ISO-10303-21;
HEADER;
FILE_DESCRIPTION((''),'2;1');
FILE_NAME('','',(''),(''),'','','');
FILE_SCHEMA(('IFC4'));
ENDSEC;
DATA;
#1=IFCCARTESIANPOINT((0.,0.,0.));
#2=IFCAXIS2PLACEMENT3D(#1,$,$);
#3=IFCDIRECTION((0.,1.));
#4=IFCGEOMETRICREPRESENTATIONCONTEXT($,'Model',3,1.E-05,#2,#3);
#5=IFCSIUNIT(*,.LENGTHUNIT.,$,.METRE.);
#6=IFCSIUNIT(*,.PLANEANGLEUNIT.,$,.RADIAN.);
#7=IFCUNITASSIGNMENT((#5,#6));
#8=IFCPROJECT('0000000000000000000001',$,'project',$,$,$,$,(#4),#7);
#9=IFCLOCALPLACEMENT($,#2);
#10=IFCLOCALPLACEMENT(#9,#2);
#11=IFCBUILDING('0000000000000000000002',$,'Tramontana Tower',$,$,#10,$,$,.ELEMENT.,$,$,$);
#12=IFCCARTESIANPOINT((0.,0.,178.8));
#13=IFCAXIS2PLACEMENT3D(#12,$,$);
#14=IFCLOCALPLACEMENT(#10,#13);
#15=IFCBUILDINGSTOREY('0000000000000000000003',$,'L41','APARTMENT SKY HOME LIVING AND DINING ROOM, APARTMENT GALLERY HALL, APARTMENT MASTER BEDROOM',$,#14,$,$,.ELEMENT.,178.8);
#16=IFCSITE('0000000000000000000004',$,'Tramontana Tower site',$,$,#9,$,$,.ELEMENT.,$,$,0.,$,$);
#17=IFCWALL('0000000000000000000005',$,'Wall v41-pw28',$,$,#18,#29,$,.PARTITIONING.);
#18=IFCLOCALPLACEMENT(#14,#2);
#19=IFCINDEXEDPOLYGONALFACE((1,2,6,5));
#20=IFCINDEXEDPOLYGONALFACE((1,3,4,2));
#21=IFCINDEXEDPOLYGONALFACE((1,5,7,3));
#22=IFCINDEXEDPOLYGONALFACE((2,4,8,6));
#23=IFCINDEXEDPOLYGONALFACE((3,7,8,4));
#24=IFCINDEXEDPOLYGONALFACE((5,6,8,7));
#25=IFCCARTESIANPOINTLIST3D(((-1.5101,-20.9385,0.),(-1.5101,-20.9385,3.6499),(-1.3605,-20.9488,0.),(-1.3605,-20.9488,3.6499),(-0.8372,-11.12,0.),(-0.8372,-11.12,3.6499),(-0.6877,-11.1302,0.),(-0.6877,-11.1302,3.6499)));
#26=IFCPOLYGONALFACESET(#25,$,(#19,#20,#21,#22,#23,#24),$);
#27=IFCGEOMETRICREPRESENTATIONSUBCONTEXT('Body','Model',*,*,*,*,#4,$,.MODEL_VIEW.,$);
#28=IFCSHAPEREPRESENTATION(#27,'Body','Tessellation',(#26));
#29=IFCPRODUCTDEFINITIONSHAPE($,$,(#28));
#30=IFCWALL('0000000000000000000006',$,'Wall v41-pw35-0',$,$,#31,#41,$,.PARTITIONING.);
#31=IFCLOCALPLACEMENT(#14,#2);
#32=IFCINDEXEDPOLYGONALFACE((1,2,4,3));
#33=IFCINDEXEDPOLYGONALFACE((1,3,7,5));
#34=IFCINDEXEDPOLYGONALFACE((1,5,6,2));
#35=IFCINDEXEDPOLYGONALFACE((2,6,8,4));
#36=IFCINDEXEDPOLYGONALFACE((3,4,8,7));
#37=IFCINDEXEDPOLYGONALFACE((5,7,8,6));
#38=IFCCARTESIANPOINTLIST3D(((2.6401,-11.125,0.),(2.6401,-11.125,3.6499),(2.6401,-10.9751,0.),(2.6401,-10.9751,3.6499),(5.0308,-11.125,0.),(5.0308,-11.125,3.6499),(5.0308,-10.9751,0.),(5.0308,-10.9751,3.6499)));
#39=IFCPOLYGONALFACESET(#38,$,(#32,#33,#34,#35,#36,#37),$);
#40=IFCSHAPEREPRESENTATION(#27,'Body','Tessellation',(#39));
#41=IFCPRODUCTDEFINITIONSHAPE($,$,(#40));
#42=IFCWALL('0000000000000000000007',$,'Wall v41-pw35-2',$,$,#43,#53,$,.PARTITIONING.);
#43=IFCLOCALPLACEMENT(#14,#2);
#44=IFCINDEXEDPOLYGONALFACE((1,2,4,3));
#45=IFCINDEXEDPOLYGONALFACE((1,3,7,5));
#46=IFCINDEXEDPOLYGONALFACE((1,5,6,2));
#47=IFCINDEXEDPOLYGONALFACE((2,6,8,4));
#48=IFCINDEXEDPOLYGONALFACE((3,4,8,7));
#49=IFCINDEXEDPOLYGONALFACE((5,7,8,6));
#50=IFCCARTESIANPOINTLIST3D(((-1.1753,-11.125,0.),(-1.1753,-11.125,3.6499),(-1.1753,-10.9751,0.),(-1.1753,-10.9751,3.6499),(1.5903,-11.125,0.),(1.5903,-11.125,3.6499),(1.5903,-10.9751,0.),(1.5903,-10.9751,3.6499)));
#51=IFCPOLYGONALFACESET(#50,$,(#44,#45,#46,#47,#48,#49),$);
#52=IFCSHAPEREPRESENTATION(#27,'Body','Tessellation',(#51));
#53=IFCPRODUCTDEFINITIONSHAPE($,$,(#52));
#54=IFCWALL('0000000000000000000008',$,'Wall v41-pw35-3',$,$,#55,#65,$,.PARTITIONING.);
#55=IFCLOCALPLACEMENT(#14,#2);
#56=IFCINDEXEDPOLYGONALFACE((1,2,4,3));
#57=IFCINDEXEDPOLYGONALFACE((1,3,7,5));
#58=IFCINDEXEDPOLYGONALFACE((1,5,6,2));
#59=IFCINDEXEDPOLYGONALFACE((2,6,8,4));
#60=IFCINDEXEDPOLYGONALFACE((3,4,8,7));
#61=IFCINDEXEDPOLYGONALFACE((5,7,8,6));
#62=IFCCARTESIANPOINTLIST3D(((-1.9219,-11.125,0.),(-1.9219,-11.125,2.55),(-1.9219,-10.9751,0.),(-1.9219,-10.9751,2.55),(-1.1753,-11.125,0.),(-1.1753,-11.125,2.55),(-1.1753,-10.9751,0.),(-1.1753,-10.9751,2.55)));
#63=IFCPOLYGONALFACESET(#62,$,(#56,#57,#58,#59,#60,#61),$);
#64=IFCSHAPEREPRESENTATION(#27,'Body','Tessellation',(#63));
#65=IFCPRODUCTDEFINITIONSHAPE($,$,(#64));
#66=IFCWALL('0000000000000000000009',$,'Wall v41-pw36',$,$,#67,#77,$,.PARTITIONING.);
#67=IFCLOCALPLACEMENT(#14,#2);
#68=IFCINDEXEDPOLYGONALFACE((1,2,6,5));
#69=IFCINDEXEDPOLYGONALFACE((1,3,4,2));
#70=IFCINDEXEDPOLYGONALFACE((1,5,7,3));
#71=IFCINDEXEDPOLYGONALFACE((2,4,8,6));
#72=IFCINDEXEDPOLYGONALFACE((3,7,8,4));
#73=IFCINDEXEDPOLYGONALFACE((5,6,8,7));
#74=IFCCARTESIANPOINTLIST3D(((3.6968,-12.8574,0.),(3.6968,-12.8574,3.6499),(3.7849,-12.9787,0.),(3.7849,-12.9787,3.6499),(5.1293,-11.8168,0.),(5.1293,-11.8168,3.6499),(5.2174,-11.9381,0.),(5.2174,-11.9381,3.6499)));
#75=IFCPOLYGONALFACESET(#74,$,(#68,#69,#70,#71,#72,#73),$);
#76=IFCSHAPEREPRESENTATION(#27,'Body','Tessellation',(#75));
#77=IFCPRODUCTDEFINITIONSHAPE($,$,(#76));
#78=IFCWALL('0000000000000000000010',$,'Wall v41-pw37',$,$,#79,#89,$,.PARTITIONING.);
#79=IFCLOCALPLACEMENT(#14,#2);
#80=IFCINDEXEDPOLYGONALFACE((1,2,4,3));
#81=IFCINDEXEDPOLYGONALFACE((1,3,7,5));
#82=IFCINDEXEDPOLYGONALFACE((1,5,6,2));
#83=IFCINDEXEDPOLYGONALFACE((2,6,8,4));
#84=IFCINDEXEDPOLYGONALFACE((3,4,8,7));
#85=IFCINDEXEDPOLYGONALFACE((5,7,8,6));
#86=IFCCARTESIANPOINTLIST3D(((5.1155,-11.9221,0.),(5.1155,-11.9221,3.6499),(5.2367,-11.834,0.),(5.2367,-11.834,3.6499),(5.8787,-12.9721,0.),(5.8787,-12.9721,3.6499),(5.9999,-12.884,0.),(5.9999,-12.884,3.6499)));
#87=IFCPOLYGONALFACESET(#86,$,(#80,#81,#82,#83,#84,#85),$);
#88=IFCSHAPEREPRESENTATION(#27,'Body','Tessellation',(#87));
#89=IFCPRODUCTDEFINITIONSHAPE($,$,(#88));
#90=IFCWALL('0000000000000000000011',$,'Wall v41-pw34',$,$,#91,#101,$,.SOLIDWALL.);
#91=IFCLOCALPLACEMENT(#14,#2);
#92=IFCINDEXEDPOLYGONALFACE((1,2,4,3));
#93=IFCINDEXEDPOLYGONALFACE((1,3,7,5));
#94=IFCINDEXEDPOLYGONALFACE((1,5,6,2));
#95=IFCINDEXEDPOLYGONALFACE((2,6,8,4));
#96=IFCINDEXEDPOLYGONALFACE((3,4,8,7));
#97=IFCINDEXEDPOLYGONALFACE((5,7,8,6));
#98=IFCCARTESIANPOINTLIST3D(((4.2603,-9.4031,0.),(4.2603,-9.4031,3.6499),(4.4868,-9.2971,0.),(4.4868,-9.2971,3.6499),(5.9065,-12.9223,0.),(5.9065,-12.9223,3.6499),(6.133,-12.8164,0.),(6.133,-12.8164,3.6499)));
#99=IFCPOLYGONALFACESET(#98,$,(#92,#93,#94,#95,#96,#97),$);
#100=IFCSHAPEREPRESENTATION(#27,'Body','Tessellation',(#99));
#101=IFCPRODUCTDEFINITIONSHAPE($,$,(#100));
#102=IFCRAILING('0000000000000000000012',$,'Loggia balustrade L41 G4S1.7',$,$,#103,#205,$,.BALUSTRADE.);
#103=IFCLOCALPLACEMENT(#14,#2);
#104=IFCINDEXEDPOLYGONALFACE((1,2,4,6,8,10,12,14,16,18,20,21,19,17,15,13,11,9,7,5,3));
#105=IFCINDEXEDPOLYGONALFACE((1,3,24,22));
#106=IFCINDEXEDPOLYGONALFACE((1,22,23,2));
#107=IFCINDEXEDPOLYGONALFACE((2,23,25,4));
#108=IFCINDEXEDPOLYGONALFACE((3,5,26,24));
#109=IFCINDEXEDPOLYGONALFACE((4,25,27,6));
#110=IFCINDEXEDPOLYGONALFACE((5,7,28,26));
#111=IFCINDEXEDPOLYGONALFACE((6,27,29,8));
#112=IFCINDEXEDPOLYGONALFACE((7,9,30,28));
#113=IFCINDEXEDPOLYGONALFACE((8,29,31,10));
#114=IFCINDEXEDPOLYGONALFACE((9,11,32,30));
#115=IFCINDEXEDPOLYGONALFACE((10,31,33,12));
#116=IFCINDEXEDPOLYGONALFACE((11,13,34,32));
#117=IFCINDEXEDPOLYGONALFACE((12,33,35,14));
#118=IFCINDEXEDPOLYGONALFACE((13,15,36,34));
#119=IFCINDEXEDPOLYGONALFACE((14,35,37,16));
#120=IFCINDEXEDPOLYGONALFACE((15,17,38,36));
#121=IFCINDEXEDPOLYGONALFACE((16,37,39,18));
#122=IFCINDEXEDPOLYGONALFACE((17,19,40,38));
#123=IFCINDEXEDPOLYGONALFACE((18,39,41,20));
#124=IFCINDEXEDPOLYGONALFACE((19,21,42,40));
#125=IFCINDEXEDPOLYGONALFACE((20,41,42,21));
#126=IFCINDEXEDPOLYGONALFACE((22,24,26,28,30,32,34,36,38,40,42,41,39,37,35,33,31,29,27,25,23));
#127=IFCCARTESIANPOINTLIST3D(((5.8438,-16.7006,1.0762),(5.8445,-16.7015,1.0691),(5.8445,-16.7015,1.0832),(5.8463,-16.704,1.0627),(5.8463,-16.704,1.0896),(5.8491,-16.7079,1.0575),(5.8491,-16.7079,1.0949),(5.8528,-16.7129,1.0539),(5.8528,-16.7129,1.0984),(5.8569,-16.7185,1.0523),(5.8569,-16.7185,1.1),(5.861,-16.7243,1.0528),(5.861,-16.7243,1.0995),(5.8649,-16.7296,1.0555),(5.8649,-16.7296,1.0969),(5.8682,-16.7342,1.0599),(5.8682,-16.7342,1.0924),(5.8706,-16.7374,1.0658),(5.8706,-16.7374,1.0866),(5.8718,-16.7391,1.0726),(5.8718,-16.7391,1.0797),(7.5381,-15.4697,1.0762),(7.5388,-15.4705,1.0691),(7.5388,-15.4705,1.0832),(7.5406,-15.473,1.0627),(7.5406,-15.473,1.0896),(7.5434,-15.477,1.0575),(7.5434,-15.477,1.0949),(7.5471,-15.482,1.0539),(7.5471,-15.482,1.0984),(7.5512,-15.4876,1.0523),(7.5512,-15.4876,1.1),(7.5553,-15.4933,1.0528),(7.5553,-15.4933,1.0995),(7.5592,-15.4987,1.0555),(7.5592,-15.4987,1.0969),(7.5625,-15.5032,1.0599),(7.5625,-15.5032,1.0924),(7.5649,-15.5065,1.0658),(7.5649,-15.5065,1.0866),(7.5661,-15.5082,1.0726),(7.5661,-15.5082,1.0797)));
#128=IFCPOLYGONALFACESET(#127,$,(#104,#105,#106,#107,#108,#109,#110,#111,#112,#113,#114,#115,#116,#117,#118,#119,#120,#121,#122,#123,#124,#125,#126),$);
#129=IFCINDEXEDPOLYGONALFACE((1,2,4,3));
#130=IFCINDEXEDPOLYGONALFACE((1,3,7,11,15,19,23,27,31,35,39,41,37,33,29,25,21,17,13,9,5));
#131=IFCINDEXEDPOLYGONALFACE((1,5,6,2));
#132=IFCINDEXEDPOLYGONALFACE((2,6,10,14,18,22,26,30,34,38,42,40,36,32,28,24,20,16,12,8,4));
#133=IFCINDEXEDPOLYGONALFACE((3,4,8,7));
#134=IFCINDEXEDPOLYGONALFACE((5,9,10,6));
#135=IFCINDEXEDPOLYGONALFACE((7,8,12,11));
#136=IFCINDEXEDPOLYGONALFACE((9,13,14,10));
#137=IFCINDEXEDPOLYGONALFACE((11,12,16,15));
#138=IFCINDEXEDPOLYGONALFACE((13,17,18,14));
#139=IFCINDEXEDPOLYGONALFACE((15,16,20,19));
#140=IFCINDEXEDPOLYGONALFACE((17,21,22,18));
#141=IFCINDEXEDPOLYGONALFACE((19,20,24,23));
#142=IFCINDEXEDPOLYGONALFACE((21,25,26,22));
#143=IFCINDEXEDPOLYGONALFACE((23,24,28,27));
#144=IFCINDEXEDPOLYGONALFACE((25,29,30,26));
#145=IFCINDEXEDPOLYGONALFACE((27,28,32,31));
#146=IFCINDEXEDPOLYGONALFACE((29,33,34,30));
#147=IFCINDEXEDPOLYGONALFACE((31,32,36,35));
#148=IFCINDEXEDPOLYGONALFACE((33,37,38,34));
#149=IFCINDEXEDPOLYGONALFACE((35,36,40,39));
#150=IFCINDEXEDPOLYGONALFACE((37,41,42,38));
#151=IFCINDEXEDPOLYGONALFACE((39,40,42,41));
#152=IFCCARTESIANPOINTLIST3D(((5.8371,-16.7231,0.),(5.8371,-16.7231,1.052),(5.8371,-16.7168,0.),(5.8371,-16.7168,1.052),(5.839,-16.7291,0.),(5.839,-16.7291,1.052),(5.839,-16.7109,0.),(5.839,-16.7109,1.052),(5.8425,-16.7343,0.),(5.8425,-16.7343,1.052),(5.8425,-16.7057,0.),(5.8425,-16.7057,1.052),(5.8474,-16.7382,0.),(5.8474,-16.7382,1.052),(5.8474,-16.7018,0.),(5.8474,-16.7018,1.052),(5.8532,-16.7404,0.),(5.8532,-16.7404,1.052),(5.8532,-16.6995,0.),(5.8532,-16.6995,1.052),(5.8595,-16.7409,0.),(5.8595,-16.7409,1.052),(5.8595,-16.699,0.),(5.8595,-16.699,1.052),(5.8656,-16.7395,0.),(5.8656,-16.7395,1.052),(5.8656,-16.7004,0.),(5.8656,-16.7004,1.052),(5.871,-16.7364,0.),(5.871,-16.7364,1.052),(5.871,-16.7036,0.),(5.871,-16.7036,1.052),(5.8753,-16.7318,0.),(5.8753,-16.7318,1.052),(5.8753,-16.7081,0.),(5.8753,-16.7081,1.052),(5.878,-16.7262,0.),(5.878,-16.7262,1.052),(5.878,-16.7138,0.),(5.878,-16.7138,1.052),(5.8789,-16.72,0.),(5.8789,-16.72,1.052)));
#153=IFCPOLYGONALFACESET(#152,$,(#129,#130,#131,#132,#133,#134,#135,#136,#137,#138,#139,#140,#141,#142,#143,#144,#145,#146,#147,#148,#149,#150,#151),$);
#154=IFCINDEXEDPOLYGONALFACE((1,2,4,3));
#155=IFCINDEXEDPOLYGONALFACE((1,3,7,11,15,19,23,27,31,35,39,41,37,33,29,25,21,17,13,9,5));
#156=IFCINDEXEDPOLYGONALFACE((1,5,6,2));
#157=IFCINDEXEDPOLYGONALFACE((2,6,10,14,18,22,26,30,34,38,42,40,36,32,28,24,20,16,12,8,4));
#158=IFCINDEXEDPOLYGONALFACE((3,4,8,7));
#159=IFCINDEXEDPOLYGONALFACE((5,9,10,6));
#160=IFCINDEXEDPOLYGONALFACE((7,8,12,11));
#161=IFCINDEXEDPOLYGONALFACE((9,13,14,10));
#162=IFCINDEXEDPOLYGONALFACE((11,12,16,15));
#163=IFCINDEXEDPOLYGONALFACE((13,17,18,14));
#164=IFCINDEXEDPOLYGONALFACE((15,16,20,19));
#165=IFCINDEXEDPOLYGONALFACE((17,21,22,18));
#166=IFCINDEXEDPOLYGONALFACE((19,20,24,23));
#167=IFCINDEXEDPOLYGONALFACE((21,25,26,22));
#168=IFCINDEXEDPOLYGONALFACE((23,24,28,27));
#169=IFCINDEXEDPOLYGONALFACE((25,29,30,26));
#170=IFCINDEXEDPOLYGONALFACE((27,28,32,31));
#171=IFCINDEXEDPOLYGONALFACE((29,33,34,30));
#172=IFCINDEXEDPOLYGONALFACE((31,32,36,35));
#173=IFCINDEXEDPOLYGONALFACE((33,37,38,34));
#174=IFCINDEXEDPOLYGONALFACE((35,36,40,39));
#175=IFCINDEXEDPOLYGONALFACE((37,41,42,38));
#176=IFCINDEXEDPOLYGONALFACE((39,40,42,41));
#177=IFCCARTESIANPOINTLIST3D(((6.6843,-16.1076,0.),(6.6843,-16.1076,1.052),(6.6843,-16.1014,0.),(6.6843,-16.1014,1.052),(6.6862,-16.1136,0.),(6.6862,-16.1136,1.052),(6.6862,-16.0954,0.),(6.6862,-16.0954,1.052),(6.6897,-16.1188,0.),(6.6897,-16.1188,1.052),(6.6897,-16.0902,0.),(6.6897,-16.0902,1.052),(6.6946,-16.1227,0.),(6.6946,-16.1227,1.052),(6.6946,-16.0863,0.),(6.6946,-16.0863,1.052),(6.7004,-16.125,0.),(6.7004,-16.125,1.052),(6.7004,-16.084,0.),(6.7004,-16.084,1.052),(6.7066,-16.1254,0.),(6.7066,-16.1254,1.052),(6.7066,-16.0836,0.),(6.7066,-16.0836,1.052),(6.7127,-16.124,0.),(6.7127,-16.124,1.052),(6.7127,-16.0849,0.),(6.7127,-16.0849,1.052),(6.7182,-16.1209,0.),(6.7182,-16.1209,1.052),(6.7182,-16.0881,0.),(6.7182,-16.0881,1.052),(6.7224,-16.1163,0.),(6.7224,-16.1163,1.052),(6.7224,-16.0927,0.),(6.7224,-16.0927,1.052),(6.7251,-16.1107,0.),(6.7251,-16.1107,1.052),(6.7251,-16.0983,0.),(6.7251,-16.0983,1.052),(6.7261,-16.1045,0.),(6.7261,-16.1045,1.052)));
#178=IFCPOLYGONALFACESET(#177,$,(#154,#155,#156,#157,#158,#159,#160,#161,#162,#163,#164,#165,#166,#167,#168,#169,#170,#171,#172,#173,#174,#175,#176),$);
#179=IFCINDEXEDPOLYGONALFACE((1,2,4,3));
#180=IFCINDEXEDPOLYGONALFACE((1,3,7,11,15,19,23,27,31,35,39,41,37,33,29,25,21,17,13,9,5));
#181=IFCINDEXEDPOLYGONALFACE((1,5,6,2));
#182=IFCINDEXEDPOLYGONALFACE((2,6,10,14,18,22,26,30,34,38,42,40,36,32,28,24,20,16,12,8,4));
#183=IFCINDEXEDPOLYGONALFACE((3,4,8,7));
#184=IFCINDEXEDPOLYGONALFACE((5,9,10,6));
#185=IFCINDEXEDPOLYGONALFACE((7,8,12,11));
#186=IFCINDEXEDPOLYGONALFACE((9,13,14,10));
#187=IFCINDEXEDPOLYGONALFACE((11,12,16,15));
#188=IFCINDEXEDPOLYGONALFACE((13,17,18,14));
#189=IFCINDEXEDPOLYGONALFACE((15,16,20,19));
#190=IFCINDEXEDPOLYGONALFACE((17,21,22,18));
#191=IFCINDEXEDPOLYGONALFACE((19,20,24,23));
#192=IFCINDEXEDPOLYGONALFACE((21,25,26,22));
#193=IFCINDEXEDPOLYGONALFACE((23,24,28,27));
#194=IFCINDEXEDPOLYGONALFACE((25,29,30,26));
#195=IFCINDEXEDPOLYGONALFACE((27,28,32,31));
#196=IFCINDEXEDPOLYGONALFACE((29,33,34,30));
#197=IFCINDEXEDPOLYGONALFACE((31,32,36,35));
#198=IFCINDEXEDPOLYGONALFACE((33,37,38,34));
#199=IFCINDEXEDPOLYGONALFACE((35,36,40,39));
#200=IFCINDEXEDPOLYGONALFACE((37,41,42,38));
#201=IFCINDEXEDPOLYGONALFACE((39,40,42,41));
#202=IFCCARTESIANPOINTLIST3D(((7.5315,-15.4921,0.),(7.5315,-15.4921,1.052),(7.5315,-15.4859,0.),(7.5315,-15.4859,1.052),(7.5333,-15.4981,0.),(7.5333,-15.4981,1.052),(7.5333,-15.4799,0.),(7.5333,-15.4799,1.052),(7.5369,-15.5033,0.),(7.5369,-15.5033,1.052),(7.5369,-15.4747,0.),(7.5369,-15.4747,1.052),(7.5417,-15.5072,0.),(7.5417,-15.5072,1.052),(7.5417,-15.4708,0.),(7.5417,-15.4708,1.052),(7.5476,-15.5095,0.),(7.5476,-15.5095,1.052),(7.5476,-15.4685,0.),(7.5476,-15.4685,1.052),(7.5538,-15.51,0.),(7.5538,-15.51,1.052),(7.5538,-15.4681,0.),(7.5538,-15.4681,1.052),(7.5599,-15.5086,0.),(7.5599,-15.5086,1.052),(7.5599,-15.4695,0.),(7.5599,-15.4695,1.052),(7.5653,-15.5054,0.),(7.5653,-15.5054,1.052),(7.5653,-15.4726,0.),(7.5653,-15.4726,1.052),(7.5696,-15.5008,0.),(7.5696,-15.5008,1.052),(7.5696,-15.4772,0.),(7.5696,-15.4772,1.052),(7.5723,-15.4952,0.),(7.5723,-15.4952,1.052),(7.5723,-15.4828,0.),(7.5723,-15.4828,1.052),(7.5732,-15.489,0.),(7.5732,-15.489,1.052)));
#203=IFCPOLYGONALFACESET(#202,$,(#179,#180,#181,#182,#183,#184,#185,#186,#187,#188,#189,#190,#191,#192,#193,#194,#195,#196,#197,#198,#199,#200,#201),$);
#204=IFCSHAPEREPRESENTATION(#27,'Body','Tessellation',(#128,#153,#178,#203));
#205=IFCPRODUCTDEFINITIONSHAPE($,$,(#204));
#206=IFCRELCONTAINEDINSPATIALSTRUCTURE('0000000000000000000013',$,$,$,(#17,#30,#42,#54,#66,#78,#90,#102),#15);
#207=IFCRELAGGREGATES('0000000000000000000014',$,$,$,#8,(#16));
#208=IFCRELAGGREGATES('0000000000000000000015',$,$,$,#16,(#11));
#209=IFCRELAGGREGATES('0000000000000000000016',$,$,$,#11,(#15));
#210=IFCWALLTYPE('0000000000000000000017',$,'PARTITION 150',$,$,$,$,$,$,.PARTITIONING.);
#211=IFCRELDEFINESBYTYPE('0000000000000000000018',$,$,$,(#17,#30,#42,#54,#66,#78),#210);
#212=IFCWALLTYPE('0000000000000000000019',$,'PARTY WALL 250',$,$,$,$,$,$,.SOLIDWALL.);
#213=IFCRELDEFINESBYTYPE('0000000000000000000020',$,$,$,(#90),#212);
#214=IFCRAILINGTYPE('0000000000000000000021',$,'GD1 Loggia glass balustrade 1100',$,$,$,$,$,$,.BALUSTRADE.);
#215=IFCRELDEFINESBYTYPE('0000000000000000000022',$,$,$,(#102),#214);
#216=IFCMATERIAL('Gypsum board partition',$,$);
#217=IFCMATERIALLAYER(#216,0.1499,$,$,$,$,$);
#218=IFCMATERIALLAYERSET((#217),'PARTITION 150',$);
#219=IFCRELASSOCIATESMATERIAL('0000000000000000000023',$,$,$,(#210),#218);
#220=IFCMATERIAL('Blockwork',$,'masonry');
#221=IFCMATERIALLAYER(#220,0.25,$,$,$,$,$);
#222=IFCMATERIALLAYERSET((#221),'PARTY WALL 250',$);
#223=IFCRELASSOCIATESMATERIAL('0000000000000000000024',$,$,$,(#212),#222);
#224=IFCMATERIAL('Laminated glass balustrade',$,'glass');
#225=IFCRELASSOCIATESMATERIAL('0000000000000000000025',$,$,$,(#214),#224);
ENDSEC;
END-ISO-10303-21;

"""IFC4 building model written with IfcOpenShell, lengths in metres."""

from ifc_helpers import new_model, si_unit, direction, frame, frame_2d, origin, origin_2d, place, context, subcontext, project, spatial, rectangle, circle, extrude, material, layer, layer_set, type_object, element, save


model = new_model("IFC4")

# Units and contexts
model_context = context("Model", 3, precision=1e-05, world=origin(), true_north=direction((0.0, 1.0)))
body_context = subcontext(model_context, "Body", "Model", "MODEL_VIEW")
ifc_project = project(units=[si_unit("LENGTHUNIT", "METRE"), si_unit("PLANEANGLEUNIT", "RADIAN")], contexts=[model_context])

# Site, building, storey
site_placement = place(None, origin())
site = spatial("IfcSite", under=ifc_project, at=site_placement, Name="Tramontana Tower site", CompositionType="ELEMENT", RefElevation=0.0)
building_placement = place(site_placement, origin())
building = spatial("IfcBuilding", under=site, at=building_placement, Name="Tramontana Tower", CompositionType="ELEMENT")
storey_placement = place(building_placement, frame((0.0, 0.0, 178.8)))
storey = spatial("IfcBuildingStorey", under=building, at=storey_placement, Name="L41", Description="APARTMENT SKY HOME LIVING AND DINING ROOM, APARTMENT GALLERY HALL, APARTMENT MASTER BEDROOM", CompositionType="ELEMENT", Elevation=178.8)

# Wall
ifc_material_1 = material(Name="Gypsum board partition")
ifc_layer_1 = layer(ifc_material_1, 0.1499)
ifc_layer_set_1 = layer_set([ifc_layer_1], Name="PARTITION 150")
wall_type_1 = type_object("IfcWallType", Name="PARTITION 150", PredefinedType="PARTITIONING", material=ifc_layer_set_1)
wall_1_placement = place(storey_placement, frame((-0.7625, -11.125, 0.0), z_axis=(0.0, 0.0, 1.0), x_axis=(-0.068368, -0.99766, 0.0)))
element("IfcWall", 1, at=wall_1_placement, inside=storey, type_object=wall_type_1, Name="Wall v41-pw28", PredefinedType="PARTITIONING", context=body_context, shape_type="SweptSolid", body=[
    extrude(rectangle(XDim=9.8416, YDim=0.1499, at=frame_2d((4.9209, 0.0))), origin(), (0.0, 0.0, 1.0), 3.6499),
])

# Wall
wall_2_placement = place(storey_placement, frame((5.0308, -11.05, 0.0), z_axis=(0.0, 0.0, 1.0), x_axis=(-1.0, 0.0, 0.0)))
element("IfcWall", 2, at=wall_2_placement, inside=storey, type_object=wall_type_1, Name="Wall v41-pw35-0", PredefinedType="PARTITIONING", context=body_context, shape_type="SweptSolid", body=[
    extrude(rectangle(XDim=2.3906, YDim=0.1499, at=frame_2d((1.1953, 0.0))), origin(), (0.0, 0.0, 1.0), 3.6499),
])

# Walls
wall_3_placement = place(storey_placement, frame((1.5903, -11.05, 0.0), z_axis=(0.0, 0.0, 1.0), x_axis=(-1.0, 0.0, 0.0)))
element("IfcWall", 3, at=wall_3_placement, inside=storey, type_object=wall_type_1, Name="Wall v41-pw35-2", PredefinedType="PARTITIONING", context=body_context, shape_type="SweptSolid", body=[
    extrude(rectangle(XDim=2.7656, YDim=0.1499, at=frame_2d((1.3828, 0.0))), origin(), (0.0, 0.0, 1.0), 3.6499),
])
wall_4_placement = place(storey_placement, frame((-1.1753, -11.05, 0.0), z_axis=(0.0, 0.0, 1.0), x_axis=(-1.0, 0.0, 0.0)))
element("IfcWall", 4, at=wall_4_placement, inside=storey, type_object=wall_type_1, Name="Wall v41-pw35-3", PredefinedType="PARTITIONING", context=body_context, shape_type="SweptSolid", body=[
    extrude(rectangle(XDim=0.7466, YDim=0.1499, at=frame_2d((0.3733, 0.0))), origin(), (0.0, 0.0, 1.0), 2.55),
])
wall_5_placement = place(storey_placement, frame((5.1733, -11.8774, 0.0), z_axis=(0.0, 0.0, 1.0), x_axis=(-0.809058, -0.587729, 0.0)))
element("IfcWall", 5, at=wall_5_placement, inside=storey, type_object=wall_type_1, Name="Wall v41-pw36", PredefinedType="PARTITIONING", context=body_context, shape_type="SweptSolid", body=[
    extrude(rectangle(XDim=1.7705, YDim=0.1499, at=frame_2d((0.8853, 0.0))), origin(), (0.0, 0.0, 1.0), 3.6499),
])
wall_6_placement = place(storey_placement, frame((5.9392, -12.928, 0.0), z_axis=(0.0, 0.0, 1.0), x_axis=(-0.587926, 0.808915, 0.0)))
element("IfcWall", 6, at=wall_6_placement, inside=storey, type_object=wall_type_1, Name="Wall v41-pw37", PredefinedType="PARTITIONING", context=body_context, shape_type="SweptSolid", body=[
    extrude(rectangle(XDim=1.2981, YDim=0.1499, at=frame_2d((0.6489, 0.0))), origin(), (0.0, 0.0, 1.0), 3.6499),
])
ifc_material_2 = material(Name="Blockwork", Category="masonry")
ifc_layer_2 = layer(ifc_material_2, 0.25)
ifc_layer_set_2 = layer_set([ifc_layer_2], Name="PARTY WALL 250")
wall_type_2 = type_object("IfcWallType", Name="PARTY WALL 250", PredefinedType="SOLIDWALL", material=ifc_layer_set_2)
wall_7_placement = place(storey_placement, frame((4.3735, -9.3501, 0.0), z_axis=(0.0, 0.0, 1.0), x_axis=(0.423711, -0.905797, 0.0)))
element("IfcWall", 7, at=wall_7_placement, inside=storey, type_object=wall_type_2, Name="Wall v41-pw34", PredefinedType="SOLIDWALL", context=body_context, shape_type="SweptSolid", body=[
    extrude(rectangle(XDim=3.8853, YDim=0.25, at=frame_2d((1.9426, 0.0))), origin(), (0.0, 0.0, 1.0), 3.6499),
])

# Railing
ifc_material_3 = material(Name="Laminated glass balustrade", Category="glass")
railing_type = type_object("IfcRailingType", Name="GD1 Loggia glass balustrade 1100", PredefinedType="BALUSTRADE", material=ifc_material_3)
railing_placement = place(storey_placement, frame((5.8579, -16.72, 0.0)))
element("IfcRailing", 8, at=railing_placement, inside=storey, type_object=railing_type, Name="Loggia balustrade L41 G4S1.7", PredefinedType="BALUSTRADE", context=body_context, shape_type="SweptSolid", body=[
    extrude(circle(Radius=0.0239, at=origin_2d()), frame((0.0, 0.0, 1.0762), z_axis=(0.809028, 0.58777, 0.0), x_axis=(-0.58777, 0.809028, 0.0)), (0.0, 0.0, 1.0), 2.0942),
    extrude(circle(Radius=0.021, at=origin_2d()), origin(), (0.0, 0.0, 1.0), 1.052),
    extrude(circle(Radius=0.021, at=origin_2d()), frame((0.8472, 0.6155, 0.0)), (0.0, 0.0, 1.0), 1.052),
    extrude(circle(Radius=0.021, at=origin_2d()), frame((1.6943, 1.231, 0.0)), (0.0, 0.0, 1.0), 1.052),
])

save(model, "model.ifc")
